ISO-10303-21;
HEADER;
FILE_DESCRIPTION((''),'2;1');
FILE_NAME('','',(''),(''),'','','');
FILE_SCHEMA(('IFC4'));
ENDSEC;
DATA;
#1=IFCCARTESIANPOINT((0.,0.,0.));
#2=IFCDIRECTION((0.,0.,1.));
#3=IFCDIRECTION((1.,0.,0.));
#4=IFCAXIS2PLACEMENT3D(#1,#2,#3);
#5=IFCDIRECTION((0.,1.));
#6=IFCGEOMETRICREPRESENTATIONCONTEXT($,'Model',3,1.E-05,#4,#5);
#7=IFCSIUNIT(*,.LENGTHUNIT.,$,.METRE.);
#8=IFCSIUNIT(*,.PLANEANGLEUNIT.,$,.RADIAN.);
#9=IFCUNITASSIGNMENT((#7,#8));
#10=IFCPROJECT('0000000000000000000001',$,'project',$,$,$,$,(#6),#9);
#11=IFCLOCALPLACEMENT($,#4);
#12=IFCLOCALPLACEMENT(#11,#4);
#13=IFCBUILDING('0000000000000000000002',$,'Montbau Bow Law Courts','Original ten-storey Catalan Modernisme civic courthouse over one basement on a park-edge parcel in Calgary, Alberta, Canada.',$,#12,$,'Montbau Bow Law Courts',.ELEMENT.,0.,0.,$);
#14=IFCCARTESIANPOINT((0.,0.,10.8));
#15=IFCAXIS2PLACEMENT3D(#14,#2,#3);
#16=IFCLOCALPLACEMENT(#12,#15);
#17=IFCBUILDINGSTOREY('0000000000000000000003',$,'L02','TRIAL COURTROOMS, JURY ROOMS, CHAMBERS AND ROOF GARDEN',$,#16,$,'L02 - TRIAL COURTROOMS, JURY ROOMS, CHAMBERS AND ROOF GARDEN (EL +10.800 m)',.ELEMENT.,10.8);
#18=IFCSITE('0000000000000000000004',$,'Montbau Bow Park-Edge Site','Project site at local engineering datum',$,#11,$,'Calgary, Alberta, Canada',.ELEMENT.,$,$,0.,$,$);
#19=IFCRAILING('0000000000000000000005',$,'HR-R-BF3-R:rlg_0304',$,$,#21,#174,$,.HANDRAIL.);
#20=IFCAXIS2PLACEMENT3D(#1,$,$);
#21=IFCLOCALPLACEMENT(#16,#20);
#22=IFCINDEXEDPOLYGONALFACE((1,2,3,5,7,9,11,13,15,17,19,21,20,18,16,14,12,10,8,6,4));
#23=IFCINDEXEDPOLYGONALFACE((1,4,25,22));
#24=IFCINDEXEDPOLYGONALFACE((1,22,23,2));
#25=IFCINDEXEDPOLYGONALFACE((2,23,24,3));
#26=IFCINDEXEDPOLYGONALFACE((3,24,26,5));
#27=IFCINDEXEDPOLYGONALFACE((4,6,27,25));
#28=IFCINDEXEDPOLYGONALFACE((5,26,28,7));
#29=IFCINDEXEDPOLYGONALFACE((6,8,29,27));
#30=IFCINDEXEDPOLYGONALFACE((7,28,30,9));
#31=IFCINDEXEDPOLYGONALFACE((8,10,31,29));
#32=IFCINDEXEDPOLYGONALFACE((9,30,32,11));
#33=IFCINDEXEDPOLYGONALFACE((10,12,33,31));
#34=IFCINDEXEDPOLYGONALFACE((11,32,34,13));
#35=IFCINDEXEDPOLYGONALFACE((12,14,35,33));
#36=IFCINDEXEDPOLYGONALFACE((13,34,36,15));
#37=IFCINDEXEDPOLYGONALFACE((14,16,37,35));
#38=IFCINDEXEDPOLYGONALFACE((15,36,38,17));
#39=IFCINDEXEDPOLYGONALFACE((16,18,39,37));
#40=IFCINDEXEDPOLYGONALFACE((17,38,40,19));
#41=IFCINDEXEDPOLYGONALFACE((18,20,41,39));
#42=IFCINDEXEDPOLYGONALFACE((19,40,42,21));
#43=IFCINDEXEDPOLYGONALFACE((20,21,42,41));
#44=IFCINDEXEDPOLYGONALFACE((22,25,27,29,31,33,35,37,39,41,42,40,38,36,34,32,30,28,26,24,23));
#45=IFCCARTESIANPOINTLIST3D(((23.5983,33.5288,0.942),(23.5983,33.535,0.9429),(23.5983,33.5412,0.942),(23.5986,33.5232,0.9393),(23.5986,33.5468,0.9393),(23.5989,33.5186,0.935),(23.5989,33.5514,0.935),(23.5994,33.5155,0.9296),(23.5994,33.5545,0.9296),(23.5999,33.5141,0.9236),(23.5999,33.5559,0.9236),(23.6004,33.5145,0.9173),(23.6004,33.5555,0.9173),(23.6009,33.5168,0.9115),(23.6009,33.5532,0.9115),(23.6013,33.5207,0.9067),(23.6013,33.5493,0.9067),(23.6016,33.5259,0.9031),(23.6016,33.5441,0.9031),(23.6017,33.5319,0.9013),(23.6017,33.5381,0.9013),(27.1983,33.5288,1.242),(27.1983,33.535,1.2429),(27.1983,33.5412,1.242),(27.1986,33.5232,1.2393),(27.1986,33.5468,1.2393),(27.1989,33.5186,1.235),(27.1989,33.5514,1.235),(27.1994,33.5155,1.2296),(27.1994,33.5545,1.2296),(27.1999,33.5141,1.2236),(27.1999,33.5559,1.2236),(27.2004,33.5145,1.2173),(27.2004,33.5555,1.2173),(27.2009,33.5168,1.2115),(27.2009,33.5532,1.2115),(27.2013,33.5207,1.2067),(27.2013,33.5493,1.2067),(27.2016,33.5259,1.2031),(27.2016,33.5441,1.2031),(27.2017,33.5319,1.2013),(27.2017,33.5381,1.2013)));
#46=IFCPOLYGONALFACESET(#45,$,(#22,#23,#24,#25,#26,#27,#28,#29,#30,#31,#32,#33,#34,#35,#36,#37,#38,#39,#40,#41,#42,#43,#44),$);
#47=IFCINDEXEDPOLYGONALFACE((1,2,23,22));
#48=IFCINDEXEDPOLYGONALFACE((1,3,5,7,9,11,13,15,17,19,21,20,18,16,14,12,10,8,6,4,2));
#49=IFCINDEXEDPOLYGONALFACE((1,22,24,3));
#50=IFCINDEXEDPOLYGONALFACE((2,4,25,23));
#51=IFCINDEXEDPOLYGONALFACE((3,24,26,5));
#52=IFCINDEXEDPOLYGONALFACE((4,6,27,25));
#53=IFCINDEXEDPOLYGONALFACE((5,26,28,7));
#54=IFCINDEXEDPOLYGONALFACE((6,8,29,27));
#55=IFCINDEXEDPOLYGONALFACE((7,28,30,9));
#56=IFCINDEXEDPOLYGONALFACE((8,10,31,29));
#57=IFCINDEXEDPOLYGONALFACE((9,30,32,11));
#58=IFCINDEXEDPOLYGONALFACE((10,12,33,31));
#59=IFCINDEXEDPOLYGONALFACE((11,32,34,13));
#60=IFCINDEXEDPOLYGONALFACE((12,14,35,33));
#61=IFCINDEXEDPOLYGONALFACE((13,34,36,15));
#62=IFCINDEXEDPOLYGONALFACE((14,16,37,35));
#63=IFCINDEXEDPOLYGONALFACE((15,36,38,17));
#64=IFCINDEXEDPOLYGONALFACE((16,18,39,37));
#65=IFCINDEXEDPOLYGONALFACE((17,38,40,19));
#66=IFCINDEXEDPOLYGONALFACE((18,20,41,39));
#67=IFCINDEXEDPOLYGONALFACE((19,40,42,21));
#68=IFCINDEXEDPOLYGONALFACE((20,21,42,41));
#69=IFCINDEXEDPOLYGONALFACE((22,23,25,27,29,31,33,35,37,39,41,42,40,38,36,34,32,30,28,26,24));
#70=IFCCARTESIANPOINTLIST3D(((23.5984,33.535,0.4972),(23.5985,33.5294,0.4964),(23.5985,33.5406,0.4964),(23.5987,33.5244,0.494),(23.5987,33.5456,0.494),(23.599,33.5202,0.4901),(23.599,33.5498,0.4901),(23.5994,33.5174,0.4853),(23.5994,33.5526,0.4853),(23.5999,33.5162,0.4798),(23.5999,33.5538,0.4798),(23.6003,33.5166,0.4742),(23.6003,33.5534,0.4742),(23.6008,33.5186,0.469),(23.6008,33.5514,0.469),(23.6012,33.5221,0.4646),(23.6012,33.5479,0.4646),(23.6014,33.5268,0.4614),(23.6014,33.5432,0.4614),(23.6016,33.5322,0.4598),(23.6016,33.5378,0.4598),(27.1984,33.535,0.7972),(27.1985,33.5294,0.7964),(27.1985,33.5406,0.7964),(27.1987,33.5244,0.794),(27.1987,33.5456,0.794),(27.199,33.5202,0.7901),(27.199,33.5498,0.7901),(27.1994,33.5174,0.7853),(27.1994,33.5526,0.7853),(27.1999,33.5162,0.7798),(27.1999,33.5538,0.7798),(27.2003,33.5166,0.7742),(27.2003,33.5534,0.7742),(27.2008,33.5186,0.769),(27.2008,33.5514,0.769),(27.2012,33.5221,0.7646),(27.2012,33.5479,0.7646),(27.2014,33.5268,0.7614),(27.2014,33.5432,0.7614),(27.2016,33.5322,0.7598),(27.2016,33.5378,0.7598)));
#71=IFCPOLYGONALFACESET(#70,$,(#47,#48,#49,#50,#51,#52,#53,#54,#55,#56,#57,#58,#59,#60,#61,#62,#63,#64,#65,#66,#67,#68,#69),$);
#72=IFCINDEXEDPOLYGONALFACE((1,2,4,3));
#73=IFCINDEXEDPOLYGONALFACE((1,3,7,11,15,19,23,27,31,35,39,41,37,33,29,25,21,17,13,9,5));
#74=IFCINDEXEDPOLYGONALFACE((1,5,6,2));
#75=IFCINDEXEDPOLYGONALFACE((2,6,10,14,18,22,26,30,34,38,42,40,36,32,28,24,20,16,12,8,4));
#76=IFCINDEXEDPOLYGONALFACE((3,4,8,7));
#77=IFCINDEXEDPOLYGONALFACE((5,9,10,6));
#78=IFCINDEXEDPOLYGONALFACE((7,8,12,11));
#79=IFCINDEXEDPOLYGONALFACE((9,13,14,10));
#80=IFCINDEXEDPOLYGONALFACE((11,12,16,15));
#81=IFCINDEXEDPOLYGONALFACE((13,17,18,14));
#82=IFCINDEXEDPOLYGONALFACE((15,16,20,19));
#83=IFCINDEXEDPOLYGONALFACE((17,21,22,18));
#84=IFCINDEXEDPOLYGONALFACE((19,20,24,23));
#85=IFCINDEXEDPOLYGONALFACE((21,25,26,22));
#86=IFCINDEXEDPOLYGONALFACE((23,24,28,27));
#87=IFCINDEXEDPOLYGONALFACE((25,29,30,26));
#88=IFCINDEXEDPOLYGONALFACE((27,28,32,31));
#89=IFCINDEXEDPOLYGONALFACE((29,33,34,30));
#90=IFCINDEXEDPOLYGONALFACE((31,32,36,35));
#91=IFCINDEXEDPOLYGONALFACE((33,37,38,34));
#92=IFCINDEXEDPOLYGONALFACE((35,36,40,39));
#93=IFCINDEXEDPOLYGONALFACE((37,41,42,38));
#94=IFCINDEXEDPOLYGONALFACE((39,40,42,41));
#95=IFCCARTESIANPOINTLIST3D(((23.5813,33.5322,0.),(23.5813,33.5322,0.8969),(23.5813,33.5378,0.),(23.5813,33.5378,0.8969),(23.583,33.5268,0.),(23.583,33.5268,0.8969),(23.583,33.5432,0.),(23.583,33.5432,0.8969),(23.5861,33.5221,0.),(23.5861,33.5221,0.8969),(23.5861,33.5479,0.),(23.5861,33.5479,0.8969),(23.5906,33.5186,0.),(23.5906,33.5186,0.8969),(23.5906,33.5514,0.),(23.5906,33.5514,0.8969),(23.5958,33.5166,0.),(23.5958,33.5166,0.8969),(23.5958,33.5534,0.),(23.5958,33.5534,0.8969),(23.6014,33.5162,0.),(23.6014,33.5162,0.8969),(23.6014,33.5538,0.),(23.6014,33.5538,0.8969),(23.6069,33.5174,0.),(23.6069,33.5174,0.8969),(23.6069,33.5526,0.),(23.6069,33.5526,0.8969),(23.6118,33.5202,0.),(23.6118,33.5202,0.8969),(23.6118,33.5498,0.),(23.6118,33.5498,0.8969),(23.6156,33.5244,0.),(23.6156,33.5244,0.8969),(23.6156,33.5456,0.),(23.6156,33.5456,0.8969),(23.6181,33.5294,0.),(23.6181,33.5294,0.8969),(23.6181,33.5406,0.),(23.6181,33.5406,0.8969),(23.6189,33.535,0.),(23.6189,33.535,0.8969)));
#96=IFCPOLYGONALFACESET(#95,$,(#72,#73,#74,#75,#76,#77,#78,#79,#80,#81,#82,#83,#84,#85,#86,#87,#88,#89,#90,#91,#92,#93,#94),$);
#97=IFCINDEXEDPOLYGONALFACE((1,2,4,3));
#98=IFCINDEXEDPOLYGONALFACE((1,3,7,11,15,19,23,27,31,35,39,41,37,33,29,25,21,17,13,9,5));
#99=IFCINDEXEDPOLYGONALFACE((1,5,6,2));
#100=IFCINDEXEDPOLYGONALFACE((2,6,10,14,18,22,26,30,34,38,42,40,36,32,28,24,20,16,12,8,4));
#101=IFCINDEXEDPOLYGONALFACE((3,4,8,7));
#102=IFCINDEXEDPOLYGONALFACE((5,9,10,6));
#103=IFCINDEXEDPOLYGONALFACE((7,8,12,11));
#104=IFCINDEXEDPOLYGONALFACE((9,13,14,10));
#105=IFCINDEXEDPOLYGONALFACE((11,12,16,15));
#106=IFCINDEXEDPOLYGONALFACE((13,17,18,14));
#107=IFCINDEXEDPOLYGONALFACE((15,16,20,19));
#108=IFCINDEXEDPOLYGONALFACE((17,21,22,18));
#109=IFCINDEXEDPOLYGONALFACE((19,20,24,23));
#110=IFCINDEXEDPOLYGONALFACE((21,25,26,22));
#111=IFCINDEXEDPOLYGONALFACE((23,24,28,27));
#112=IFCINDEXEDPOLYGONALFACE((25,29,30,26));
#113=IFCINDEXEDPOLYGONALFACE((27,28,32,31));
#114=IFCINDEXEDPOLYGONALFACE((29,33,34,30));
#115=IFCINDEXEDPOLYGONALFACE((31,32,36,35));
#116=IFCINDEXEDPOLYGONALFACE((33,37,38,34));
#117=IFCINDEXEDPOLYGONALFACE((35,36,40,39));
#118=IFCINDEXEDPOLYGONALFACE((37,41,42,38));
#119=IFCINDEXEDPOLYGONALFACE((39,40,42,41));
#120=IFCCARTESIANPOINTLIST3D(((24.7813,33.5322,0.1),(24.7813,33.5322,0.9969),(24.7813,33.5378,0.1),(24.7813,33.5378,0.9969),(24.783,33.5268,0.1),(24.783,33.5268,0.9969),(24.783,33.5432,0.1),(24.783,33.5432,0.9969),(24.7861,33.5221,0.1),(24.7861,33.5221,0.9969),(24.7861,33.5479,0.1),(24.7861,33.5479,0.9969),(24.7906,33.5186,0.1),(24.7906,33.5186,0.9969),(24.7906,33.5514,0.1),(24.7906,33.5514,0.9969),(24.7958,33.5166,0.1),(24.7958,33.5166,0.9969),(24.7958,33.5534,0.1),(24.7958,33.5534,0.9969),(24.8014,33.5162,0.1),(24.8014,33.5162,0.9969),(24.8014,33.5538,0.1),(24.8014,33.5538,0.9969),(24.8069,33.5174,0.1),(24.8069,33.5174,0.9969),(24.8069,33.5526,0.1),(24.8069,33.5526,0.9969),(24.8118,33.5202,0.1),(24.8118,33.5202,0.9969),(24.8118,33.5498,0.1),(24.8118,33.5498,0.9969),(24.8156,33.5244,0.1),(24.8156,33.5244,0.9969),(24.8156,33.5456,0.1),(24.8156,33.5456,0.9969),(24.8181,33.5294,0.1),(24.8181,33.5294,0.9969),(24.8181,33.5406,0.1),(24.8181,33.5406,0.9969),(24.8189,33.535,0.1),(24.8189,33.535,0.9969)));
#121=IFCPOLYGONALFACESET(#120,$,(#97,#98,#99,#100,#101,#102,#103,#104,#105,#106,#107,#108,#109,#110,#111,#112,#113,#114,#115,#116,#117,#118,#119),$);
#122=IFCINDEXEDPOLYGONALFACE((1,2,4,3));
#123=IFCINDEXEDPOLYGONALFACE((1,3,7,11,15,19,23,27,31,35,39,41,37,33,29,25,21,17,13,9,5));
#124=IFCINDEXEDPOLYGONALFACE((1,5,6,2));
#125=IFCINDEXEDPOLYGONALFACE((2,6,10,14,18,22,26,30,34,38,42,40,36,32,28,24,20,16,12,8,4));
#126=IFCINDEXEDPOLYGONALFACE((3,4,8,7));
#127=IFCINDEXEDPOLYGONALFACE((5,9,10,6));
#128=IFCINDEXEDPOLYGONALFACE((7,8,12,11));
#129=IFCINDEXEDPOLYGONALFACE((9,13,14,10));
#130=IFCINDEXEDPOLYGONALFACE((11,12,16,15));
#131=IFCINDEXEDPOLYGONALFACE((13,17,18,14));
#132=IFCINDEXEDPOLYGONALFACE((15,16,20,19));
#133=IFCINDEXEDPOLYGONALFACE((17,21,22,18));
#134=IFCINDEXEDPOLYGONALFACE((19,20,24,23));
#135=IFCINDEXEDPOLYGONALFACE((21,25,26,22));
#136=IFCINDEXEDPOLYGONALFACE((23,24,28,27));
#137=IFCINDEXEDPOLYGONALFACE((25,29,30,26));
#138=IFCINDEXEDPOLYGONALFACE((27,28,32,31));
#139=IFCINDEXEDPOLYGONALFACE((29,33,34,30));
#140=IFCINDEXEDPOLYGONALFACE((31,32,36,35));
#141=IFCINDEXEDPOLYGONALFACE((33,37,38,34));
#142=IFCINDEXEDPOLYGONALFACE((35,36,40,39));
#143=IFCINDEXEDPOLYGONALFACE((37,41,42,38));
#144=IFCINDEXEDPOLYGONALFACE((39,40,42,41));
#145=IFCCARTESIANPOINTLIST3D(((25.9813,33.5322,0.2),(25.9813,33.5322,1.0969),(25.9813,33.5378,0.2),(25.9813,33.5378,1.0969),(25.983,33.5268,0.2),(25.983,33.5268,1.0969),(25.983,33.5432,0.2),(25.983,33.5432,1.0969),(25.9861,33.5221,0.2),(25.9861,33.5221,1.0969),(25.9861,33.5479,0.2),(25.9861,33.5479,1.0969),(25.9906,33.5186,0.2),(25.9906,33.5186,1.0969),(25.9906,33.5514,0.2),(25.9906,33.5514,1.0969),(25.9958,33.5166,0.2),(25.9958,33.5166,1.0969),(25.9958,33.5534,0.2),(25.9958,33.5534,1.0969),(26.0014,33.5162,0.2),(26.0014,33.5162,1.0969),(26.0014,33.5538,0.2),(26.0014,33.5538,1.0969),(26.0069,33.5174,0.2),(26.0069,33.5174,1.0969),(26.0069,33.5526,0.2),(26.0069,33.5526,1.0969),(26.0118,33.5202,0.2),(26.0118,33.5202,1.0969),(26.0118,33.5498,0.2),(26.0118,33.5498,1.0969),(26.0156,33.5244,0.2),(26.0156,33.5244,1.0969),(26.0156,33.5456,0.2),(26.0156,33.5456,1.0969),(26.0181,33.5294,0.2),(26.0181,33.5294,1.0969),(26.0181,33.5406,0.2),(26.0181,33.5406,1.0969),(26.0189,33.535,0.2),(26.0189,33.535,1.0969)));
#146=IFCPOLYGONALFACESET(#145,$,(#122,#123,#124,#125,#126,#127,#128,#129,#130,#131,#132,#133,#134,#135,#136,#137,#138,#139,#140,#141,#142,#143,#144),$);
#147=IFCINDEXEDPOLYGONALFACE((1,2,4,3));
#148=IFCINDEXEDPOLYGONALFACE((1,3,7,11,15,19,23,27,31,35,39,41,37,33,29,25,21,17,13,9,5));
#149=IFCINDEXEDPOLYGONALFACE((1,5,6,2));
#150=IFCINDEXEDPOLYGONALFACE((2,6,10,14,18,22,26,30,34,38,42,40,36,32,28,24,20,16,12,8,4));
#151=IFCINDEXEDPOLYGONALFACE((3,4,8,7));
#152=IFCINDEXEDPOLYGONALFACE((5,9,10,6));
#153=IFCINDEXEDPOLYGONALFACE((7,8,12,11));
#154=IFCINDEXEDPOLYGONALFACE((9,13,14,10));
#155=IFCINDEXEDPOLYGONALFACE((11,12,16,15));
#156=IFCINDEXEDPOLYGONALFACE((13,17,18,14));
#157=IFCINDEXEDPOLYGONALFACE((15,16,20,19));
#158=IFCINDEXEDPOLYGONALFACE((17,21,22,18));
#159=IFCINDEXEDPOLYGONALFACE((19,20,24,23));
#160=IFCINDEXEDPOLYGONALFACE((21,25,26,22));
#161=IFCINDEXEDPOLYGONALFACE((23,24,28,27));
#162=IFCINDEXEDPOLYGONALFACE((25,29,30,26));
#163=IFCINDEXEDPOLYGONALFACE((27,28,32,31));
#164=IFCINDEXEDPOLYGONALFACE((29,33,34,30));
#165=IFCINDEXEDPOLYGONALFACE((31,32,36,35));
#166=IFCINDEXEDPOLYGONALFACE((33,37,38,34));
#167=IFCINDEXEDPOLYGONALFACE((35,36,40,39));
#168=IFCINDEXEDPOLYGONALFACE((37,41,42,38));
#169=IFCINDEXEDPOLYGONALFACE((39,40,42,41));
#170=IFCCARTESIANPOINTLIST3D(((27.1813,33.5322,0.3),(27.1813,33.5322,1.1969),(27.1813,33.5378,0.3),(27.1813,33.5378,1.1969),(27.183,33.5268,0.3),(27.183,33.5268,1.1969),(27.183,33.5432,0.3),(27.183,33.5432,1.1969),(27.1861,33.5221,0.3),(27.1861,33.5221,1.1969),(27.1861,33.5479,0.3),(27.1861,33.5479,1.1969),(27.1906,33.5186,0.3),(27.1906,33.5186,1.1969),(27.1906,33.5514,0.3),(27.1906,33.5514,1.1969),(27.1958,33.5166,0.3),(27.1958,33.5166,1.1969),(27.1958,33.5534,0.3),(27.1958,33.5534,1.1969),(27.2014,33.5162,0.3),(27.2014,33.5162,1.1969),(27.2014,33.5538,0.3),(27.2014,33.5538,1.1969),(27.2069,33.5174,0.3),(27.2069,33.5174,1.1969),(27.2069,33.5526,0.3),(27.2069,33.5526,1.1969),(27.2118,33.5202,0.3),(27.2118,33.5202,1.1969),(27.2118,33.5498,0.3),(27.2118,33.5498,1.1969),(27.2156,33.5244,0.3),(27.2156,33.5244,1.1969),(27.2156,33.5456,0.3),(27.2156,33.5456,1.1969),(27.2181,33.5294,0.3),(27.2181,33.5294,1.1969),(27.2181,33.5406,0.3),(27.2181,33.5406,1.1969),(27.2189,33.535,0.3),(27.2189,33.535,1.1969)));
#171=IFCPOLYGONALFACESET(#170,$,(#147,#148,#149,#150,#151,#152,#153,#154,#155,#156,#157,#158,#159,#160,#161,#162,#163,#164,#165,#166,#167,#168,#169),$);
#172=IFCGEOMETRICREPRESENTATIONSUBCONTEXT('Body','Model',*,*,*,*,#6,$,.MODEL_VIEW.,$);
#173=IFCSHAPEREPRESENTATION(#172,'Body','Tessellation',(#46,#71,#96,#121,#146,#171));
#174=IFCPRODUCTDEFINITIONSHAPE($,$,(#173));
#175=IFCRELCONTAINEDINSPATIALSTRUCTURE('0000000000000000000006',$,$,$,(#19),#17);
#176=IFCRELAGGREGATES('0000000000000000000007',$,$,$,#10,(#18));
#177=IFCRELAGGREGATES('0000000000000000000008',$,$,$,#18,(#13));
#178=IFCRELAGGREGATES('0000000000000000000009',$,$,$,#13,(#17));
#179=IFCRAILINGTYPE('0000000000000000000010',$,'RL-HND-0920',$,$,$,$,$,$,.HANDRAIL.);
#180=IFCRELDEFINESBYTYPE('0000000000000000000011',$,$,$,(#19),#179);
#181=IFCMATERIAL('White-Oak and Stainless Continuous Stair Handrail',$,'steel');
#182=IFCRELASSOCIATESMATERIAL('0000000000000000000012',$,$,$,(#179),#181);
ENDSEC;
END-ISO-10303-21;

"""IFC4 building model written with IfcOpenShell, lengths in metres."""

from ifc_helpers import new_model, si_unit, direction, frame, origin_with_axes, origin_2d_with_axis, place, context, subcontext, project, spatial, circle, extrude, material, type_object, element, save


model = new_model("IFC4")

# Units and contexts
model_context = context("Model", 3, precision=1e-05, world=origin_with_axes(), true_north=direction((0.0, 1.0)))
body_context = subcontext(model_context, "Body", "Model", "MODEL_VIEW")
ifc_project = project(units=[si_unit("LENGTHUNIT", "METRE"), si_unit("PLANEANGLEUNIT", "RADIAN")], contexts=[model_context])

# Site, building, storey
site_placement = place(None, origin_with_axes())
site = spatial("IfcSite", under=ifc_project, at=site_placement, Name="Montbau Bow Park-Edge Site", Description="Project site at local engineering datum", LongName="Calgary, Alberta, Canada", CompositionType="ELEMENT", RefElevation=0.0)
building_placement = place(site_placement, origin_with_axes())
building = spatial("IfcBuilding", under=site, at=building_placement, Name="Montbau Bow Law Courts", Description="Original ten-storey Catalan Modernisme civic courthouse over one basement on a park-edge parcel in Calgary, Alberta, Canada.", LongName="Montbau Bow Law Courts", CompositionType="ELEMENT", ElevationOfRefHeight=0.0, ElevationOfTerrain=0.0)
storey_placement = place(building_placement, frame((0.0, 0.0, 10.8), z_axis=(0.0, 0.0, 1.0), x_axis=(1.0, 0.0, 0.0)))
storey = spatial("IfcBuildingStorey", under=building, at=storey_placement, Name="L02", Description="TRIAL COURTROOMS, JURY ROOMS, CHAMBERS AND ROOF GARDEN", LongName="L02 - TRIAL COURTROOMS, JURY ROOMS, CHAMBERS AND ROOF GARDEN (EL +10.800 m)", CompositionType="ELEMENT", Elevation=10.8)

# Railing
ifc_material_1 = material(Name="White-Oak and Stainless Continuous Stair Handrail", Category="steel")
railing_type_1 = type_object("IfcRailingType", Name="RL-HND-0920", PredefinedType="HANDRAIL", material=ifc_material_1)
railing_1_placement = place(None, origin_with_axes())
element("IfcRailing", 1, at=railing_1_placement, inside=storey, type_object=railing_type_1, Name="HR-R-BF3-R:rlg_0304", PredefinedType="HANDRAIL", context=body_context, shape_type="SweptSolid", body=[
    extrude(circle(Radius=0.021, at=origin_2d_with_axis()), frame((23.6, 33.535, 11.722), z_axis=(0.996546, 0.0, 0.083045), x_axis=(-0.083045, 0.0, 0.996546)), (0.0, 0.0, 1.0), 3.6125),
    extrude(circle(Radius=0.0189, at=origin_2d_with_axis()), frame((23.6, 33.535, 11.2784), z_axis=(0.996546, 0.0, 0.083045), x_axis=(-0.083045, 0.0, 0.996546)), (0.0, 0.0, 1.0), 3.6125),
    extrude(circle(Radius=0.0189, at=origin_2d_with_axis()), frame((23.6, 33.535, 10.8), z_axis=(0.0, 0.0, 1.0), x_axis=(1.0, 0.0, 0.0)), (0.0, 0.0, 1.0), 0.8969),
    extrude(circle(Radius=0.0189, at=origin_2d_with_axis()), frame((24.8, 33.535, 10.9), z_axis=(0.0, 0.0, 1.0), x_axis=(1.0, 0.0, 0.0)), (0.0, 0.0, 1.0), 0.8969),
    extrude(circle(Radius=0.0189, at=origin_2d_with_axis()), frame((26.0, 33.535, 11.0), z_axis=(0.0, 0.0, 1.0), x_axis=(1.0, 0.0, 0.0)), (0.0, 0.0, 1.0), 0.8969),
    extrude(circle(Radius=0.0189, at=origin_2d_with_axis()), frame((27.2, 33.535, 11.1), z_axis=(0.0, 0.0, 1.0), x_axis=(1.0, 0.0, 0.0)), (0.0, 0.0, 1.0), 0.8969),
])

save(model, "model.ifc")
